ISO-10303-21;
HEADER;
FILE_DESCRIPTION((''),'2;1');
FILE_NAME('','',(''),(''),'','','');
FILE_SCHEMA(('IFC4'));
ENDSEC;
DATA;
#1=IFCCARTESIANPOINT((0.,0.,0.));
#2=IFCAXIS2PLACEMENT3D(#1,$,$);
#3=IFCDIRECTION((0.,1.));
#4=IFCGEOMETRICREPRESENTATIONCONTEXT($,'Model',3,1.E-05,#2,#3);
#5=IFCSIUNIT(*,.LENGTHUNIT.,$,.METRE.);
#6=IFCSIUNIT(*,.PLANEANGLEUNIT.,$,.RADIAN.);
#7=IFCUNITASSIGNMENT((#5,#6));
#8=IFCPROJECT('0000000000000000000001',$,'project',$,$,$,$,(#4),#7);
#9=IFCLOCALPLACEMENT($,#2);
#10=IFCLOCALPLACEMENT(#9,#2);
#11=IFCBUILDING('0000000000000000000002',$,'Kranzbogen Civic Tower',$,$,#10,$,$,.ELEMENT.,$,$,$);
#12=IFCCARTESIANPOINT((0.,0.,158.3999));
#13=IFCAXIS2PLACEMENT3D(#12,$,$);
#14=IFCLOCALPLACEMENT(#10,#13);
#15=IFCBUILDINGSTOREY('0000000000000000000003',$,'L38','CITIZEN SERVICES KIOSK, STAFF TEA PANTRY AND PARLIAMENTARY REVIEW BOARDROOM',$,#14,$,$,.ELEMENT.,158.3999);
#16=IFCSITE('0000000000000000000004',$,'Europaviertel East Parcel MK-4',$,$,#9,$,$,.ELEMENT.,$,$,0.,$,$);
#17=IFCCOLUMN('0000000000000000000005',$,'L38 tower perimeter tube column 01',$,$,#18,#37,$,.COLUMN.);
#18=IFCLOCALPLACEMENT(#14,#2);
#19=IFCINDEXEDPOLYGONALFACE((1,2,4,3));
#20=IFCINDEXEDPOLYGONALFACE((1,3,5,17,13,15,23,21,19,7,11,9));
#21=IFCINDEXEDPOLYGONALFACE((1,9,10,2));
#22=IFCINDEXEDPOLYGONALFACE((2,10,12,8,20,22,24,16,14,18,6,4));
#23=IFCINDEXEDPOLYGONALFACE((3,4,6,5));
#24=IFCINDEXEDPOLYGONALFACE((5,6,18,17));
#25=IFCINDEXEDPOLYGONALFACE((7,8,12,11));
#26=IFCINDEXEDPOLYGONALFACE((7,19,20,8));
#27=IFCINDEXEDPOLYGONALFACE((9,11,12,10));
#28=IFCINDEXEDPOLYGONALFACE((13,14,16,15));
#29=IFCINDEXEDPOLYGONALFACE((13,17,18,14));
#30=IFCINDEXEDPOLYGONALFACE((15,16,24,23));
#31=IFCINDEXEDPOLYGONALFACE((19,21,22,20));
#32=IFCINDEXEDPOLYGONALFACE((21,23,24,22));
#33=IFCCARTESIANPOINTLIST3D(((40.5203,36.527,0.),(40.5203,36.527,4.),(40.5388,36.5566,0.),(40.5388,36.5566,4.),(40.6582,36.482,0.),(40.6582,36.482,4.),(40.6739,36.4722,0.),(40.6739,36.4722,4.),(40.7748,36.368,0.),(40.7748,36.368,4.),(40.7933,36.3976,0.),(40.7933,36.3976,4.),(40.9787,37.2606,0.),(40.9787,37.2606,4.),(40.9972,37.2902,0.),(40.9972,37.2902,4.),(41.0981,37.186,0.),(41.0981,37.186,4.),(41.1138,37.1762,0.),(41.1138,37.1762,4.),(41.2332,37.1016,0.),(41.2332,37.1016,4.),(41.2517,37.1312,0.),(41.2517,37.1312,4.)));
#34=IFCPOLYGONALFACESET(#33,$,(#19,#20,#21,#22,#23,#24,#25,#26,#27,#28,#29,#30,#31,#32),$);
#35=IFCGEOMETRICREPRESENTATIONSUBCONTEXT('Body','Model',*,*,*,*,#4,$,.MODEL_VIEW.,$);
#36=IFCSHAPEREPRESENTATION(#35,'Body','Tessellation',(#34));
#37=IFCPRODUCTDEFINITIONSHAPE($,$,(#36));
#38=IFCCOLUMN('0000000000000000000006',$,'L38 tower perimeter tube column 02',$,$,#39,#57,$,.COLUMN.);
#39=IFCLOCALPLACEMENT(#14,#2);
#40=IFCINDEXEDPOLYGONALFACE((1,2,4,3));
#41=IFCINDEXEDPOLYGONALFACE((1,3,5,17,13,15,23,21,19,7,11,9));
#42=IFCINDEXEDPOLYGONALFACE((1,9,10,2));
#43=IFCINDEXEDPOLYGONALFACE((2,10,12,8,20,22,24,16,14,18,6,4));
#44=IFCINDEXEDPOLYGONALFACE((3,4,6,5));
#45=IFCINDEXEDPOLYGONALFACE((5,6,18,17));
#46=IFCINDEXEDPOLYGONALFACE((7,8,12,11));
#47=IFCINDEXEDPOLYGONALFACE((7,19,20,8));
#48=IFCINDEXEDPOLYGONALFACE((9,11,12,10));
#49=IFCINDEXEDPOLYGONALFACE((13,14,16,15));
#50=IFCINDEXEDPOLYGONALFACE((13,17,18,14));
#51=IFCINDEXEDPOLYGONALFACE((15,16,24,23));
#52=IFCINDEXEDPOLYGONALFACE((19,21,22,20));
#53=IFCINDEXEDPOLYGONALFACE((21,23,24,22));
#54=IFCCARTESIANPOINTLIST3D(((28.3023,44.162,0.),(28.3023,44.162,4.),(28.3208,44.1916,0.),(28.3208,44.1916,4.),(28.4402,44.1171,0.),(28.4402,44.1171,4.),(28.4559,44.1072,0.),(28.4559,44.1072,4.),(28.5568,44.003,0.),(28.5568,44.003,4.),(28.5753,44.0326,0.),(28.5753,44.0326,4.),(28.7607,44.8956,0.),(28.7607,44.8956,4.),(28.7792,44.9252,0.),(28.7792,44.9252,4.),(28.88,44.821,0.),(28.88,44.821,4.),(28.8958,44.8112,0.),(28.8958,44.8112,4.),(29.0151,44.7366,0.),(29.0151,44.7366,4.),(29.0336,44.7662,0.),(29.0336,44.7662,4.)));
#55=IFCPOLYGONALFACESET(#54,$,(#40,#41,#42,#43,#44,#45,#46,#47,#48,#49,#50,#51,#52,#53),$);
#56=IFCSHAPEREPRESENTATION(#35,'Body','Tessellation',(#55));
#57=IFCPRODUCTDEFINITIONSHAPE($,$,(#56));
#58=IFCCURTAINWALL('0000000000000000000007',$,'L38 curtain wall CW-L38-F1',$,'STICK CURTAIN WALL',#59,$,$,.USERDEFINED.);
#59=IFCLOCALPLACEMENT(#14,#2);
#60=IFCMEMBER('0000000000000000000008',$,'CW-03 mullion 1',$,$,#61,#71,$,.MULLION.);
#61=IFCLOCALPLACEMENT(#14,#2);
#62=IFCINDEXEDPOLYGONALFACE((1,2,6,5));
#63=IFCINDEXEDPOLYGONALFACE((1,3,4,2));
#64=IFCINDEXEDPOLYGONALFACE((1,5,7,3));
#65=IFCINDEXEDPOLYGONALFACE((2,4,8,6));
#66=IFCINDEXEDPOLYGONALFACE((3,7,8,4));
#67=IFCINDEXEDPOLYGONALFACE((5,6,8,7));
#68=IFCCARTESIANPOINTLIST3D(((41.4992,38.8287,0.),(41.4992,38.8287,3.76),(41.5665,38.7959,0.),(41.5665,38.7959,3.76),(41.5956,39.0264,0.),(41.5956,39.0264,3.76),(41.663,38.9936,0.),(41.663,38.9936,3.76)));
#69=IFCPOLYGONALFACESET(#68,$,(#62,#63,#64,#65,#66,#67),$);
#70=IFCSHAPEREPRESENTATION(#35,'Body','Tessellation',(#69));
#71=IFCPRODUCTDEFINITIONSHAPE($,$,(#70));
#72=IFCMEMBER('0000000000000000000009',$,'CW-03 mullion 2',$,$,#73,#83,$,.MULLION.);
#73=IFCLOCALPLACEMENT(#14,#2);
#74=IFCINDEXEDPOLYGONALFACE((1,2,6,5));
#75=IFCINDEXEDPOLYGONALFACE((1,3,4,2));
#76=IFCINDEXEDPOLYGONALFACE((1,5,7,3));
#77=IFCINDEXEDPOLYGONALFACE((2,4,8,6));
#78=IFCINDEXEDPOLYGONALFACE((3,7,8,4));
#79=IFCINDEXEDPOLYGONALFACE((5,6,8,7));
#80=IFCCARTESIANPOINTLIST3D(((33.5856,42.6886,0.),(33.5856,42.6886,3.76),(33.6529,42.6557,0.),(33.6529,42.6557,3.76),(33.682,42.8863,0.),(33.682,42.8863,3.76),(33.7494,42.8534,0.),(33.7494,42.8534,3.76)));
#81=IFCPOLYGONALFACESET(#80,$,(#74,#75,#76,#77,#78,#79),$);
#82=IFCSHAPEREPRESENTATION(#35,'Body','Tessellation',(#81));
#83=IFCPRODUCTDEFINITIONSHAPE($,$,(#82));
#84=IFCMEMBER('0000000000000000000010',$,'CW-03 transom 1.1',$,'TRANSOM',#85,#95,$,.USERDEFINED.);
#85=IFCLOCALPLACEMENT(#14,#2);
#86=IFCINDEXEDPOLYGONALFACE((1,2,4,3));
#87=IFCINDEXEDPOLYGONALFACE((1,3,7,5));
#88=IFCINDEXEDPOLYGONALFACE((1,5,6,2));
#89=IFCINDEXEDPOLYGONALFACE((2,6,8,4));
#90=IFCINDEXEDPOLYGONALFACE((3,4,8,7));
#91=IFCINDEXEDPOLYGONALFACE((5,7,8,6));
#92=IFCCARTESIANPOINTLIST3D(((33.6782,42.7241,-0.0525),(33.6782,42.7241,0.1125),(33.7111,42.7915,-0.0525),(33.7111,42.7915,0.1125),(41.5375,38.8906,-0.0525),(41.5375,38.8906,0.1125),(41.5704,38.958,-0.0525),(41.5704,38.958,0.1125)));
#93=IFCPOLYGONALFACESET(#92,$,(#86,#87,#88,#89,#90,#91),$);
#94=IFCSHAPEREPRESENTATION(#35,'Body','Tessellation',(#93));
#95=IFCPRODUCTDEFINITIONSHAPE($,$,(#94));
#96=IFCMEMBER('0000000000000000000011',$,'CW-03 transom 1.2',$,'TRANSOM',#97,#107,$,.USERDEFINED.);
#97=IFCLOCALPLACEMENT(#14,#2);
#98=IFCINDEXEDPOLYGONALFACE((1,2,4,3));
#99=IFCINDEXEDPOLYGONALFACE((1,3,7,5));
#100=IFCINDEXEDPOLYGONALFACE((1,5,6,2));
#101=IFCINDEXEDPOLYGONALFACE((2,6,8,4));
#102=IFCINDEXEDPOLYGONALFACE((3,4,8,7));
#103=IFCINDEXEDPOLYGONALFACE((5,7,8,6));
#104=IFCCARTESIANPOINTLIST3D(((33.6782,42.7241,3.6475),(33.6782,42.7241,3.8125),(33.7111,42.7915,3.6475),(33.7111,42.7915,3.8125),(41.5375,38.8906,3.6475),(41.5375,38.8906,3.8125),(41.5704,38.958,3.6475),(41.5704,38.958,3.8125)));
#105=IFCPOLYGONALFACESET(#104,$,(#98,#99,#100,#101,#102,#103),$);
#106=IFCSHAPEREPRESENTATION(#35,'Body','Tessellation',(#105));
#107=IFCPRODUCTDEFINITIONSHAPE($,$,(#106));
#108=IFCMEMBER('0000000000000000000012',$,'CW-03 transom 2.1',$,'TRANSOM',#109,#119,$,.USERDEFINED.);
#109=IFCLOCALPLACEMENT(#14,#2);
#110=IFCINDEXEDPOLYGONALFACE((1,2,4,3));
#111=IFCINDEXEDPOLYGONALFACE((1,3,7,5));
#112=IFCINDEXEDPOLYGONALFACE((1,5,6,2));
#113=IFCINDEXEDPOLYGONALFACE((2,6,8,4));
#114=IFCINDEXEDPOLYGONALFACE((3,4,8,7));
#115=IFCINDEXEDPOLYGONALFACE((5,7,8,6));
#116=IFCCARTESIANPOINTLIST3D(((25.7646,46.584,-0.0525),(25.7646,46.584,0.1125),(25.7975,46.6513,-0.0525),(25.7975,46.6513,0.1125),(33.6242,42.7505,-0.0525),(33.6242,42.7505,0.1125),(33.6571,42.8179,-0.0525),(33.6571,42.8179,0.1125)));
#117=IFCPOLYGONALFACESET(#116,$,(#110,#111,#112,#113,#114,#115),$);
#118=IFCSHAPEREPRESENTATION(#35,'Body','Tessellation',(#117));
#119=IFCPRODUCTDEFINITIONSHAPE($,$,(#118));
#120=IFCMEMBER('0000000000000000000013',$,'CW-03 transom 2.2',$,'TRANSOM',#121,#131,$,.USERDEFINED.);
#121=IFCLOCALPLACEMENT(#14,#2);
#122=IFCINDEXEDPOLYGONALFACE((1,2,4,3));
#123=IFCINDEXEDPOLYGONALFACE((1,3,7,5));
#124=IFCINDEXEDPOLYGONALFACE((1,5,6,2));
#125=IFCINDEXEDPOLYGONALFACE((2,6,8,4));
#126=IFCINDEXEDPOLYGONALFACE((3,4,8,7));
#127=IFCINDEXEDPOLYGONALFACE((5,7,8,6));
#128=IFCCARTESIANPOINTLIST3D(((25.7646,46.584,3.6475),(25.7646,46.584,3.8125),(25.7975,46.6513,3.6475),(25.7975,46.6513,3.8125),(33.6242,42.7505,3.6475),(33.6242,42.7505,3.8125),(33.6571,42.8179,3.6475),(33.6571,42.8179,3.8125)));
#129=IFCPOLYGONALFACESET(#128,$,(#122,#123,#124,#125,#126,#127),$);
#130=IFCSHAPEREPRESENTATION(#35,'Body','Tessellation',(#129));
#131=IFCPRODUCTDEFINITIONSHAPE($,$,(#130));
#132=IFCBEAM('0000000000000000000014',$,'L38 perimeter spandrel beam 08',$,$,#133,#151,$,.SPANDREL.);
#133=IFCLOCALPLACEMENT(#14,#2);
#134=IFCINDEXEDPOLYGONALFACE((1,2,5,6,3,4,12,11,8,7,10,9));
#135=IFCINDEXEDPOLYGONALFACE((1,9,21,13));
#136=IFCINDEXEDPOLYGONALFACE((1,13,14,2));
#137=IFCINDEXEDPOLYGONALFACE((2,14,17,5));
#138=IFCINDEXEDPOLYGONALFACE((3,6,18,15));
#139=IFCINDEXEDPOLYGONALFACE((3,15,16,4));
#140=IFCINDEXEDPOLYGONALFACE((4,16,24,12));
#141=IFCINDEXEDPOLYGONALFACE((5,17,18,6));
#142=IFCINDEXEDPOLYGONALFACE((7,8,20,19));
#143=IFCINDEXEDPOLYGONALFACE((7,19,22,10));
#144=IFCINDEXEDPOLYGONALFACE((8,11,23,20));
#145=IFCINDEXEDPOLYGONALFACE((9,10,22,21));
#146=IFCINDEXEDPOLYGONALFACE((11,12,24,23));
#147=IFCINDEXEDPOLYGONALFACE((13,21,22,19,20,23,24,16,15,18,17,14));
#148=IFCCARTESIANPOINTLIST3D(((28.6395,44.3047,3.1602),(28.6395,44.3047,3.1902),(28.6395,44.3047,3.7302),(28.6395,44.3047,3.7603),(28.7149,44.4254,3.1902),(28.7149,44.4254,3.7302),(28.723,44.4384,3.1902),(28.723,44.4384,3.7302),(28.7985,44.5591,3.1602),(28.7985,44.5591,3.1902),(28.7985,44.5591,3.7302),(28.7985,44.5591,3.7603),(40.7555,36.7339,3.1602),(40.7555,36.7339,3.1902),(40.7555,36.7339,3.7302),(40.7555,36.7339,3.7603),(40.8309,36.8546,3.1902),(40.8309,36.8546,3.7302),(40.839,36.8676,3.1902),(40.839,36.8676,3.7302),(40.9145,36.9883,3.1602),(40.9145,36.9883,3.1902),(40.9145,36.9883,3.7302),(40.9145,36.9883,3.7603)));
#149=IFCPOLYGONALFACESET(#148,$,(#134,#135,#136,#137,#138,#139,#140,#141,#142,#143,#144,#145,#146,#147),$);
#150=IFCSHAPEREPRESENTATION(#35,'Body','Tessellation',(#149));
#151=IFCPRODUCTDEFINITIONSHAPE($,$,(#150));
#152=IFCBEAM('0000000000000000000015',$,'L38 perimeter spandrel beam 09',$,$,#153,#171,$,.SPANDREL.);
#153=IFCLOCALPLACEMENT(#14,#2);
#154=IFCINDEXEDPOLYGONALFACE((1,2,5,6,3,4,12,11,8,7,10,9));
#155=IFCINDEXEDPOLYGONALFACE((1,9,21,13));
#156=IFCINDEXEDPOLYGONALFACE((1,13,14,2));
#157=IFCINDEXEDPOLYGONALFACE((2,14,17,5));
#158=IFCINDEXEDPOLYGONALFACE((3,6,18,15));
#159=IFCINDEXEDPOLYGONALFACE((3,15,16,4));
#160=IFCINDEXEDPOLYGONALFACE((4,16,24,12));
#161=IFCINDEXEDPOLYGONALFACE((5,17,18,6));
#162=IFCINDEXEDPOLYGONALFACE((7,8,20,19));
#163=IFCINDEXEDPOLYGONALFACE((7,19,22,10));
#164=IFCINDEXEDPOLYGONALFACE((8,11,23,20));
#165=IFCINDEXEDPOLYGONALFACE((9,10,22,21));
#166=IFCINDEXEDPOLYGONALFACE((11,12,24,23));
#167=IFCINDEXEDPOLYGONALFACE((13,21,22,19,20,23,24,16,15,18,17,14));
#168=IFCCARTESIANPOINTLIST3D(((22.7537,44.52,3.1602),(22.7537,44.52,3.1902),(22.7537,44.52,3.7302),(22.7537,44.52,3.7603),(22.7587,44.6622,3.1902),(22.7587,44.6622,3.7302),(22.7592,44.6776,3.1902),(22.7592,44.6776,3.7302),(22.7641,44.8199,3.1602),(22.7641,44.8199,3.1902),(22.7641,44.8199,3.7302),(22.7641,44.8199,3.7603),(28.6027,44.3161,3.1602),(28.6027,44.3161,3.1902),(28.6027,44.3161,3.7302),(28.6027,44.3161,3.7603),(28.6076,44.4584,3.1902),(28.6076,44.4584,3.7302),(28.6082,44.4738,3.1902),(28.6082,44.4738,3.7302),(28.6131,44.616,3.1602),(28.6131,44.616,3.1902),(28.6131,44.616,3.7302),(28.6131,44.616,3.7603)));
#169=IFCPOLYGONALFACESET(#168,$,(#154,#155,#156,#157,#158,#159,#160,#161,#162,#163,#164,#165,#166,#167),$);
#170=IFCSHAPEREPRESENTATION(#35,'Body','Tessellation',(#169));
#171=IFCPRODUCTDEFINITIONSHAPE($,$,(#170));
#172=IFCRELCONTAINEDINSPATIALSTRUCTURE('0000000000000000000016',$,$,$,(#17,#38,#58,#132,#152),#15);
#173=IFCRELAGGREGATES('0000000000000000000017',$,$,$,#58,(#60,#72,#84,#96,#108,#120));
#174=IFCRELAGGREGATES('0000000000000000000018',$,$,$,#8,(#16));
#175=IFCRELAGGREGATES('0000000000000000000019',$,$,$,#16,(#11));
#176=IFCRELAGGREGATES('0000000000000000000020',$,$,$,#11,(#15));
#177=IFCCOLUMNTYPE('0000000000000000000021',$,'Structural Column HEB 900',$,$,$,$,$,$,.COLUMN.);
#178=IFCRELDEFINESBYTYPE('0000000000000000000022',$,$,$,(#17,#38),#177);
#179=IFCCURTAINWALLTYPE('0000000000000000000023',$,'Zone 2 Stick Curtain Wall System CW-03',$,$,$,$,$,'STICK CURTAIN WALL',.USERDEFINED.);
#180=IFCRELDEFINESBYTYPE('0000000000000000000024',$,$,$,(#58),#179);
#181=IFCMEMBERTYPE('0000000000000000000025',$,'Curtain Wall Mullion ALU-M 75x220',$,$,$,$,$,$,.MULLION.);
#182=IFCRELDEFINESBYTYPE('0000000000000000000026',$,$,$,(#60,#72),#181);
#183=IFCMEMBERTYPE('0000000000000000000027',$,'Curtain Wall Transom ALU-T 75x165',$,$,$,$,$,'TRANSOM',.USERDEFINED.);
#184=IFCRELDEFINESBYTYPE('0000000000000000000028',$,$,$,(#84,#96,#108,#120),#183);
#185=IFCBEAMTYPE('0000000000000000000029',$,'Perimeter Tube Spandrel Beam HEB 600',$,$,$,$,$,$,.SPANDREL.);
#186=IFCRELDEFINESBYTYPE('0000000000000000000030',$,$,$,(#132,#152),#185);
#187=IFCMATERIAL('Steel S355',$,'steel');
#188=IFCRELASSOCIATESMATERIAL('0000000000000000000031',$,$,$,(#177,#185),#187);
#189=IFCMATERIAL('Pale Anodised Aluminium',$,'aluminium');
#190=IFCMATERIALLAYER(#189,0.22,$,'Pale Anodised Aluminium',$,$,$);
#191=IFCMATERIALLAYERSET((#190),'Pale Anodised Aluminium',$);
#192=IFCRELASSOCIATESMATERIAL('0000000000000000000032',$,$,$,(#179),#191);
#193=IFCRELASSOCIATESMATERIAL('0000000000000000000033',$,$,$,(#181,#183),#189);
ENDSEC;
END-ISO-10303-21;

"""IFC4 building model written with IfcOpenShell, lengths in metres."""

from ifc_helpers import new_model, si_unit, direction, frame, origin, origin_2d, place, context, subcontext, project, spatial, rectangle, i_section, extrude, material, layer, layer_set, material_profile, profile_set, type_object, element, aggregate, save


model = new_model("IFC4")

# Units and contexts
model_context = context("Model", 3, precision=1e-05, world=origin(), true_north=direction((0.0, 1.0)))
body_context = subcontext(model_context, "Body", "Model", "MODEL_VIEW")
ifc_project = project(units=[si_unit("LENGTHUNIT", "METRE"), si_unit("PLANEANGLEUNIT", "RADIAN")], contexts=[model_context])

# Site, building, storey
site_placement = place(None, origin())
site = spatial("IfcSite", under=ifc_project, at=site_placement, Name="Europaviertel East Parcel MK-4", CompositionType="ELEMENT", RefElevation=0.0)
building_placement = place(site_placement, origin())
building = spatial("IfcBuilding", under=site, at=building_placement, Name="Kranzbogen Civic Tower", CompositionType="ELEMENT")
storey_placement = place(building_placement, frame((0.0, 0.0, 158.3999)))
storey = spatial("IfcBuildingStorey", under=building, at=storey_placement, Name="L38", Description="CITIZEN SERVICES KIOSK, STAFF TEA PANTRY AND PARLIAMENTARY REVIEW BOARDROOM", CompositionType="ELEMENT", Elevation=158.3999)

# Columns
ifc_material_1 = material(Name="Steel S355", Category="steel")
ifc_material_profile_1 = material_profile(ifc_material_1, i_section(OverallWidth=0.3, OverallDepth=0.8999, WebThickness=0.0186, FlangeThickness=0.0349, at=origin_2d()), Name="HEB 900")
ifc_profile_set_1 = profile_set([ifc_material_profile_1], Name="Steel S355")
column_type = type_object("IfcColumnType", Name="Structural Column HEB 900", PredefinedType="COLUMN", material=ifc_profile_set_1)
for number, where, z_axis, x_axis, name in (
    (1, (40.886, 36.8291, 0.0), (0.0, 0.0, 1.0), (-0.848048, 0.529919, 0.0), "L38 tower perimeter tube column 01"),
    (2, (28.668, 44.4641, 0.0), (0.0, 0.0, 1.0), (-0.848048, 0.529919, 0.0), "L38 tower perimeter tube column 02"),
):
    element("IfcColumn", number, at=place(storey_placement, frame(where, z_axis=z_axis, x_axis=x_axis)), inside=storey, type_object=column_type, Name=name, PredefinedType="COLUMN", context=body_context, shape_type="SweptSolid", body=[
        extrude(i_section(OverallWidth=0.3, OverallDepth=0.8999, WebThickness=0.0186, FlangeThickness=0.0349, at=origin_2d()), origin(), (0.0, 0.0, 1.0), 4.0),
    ])

# Curtain wall, members
ifc_material_2 = material(Name="Pale Anodised Aluminium", Category="aluminium")
ifc_layer_1 = layer(ifc_material_2, 0.22, Name="Pale Anodised Aluminium")
ifc_layer_set_1 = layer_set([ifc_layer_1], Name="Pale Anodised Aluminium")
curtain_wall_type = type_object("IfcCurtainWallType", Name="Zone 2 Stick Curtain Wall System CW-03", ElementType="STICK CURTAIN WALL", PredefinedType="USERDEFINED", material=ifc_layer_set_1)
curtain_wall_placement = place(storey_placement, origin())
curtain_wall = element("IfcCurtainWall", 3, at=curtain_wall_placement, inside=storey, type_object=curtain_wall_type, Name="L38 curtain wall CW-L38-F1", ObjectType="STICK CURTAIN WALL", PredefinedType="USERDEFINED")
ifc_material_profile_2 = material_profile(ifc_material_2, rectangle(XDim=0.075, YDim=0.22, at=origin_2d()), Name="ALU-M 75x220")
ifc_profile_set_2 = profile_set([ifc_material_profile_2], Name="Pale Anodised Aluminium")
member_type_1 = type_object("IfcMemberType", Name="Curtain Wall Mullion ALU-M 75x220", PredefinedType="MULLION", material=ifc_profile_set_2)
member_1_placement = place(storey_placement, frame((41.5811, 38.9111, 0.0), z_axis=(0.0, 0.0, 1.0), x_axis=(-0.898787, 0.438386, 0.0)))
member_1 = element("IfcMember", 4, at=member_1_placement, type_object=member_type_1, Name="CW-03 mullion 1", PredefinedType="MULLION", context=body_context, shape_type="SweptSolid", body=[
    extrude(rectangle(XDim=0.075, YDim=0.22, at=origin_2d()), origin(), (0.0, 0.0, 1.0), 3.76),
])
member_2_placement = place(storey_placement, frame((33.6675, 42.771, 0.0), z_axis=(0.0, 0.0, 1.0), x_axis=(-0.898787, 0.438386, 0.0)))
member_2 = element("IfcMember", 5, at=member_2_placement, type_object=member_type_1, Name="CW-03 mullion 2", PredefinedType="MULLION", context=body_context, shape_type="SweptSolid", body=[
    extrude(rectangle(XDim=0.075, YDim=0.22, at=origin_2d()), origin(), (0.0, 0.0, 1.0), 3.76),
])
ifc_material_profile_3 = material_profile(ifc_material_2, rectangle(XDim=0.075, YDim=0.165, at=origin_2d()), Name="ALU-T 75x165")
ifc_profile_set_3 = profile_set([ifc_material_profile_3], Name="Pale Anodised Aluminium")
member_type_2 = type_object("IfcMemberType", Name="Curtain Wall Transom ALU-T 75x165", ElementType="TRANSOM", PredefinedType="USERDEFINED", material=ifc_profile_set_3)
member_3_placement = place(storey_placement, frame((41.554, 38.9243, 0.03), z_axis=(-0.898784, 0.438392, 0.0), x_axis=(-0.438392, -0.898784, 0.0)))
member_3 = element("IfcMember", 6, at=member_3_placement, type_object=member_type_2, Name="CW-03 transom 1.1", ObjectType="TRANSOM", PredefinedType="USERDEFINED", context=body_context, shape_type="SweptSolid", body=[
    extrude(rectangle(XDim=0.075, YDim=0.165, at=origin_2d()), origin(), (0.0, 0.0, 1.0), 8.7444),
])
member_4_placement = place(storey_placement, frame((41.554, 38.9243, 3.73), z_axis=(-0.898784, 0.438392, 0.0), x_axis=(-0.438392, -0.898784, 0.0)))
member_4 = element("IfcMember", 7, at=member_4_placement, type_object=member_type_2, Name="CW-03 transom 1.2", ObjectType="TRANSOM", PredefinedType="USERDEFINED", context=body_context, shape_type="SweptSolid", body=[
    extrude(rectangle(XDim=0.075, YDim=0.165, at=origin_2d()), origin(), (0.0, 0.0, 1.0), 8.7444),
])
member_5_placement = place(storey_placement, frame((33.6406, 42.7842, 0.03), z_axis=(-0.898789, 0.438381, 0.0), x_axis=(-0.438381, -0.898789, 0.0)))
member_5 = element("IfcMember", 8, at=member_5_placement, type_object=member_type_2, Name="CW-03 transom 2.1", ObjectType="TRANSOM", PredefinedType="USERDEFINED", context=body_context, shape_type="SweptSolid", body=[
    extrude(rectangle(XDim=0.075, YDim=0.165, at=origin_2d()), origin(), (0.0, 0.0, 1.0), 8.7446),
])
member_6_placement = place(storey_placement, frame((33.6406, 42.7842, 3.73), z_axis=(-0.898789, 0.438381, 0.0), x_axis=(-0.438381, -0.898789, 0.0)))
member_6 = element("IfcMember", 9, at=member_6_placement, type_object=member_type_2, Name="CW-03 transom 2.2", ObjectType="TRANSOM", PredefinedType="USERDEFINED", context=body_context, shape_type="SweptSolid", body=[
    extrude(rectangle(XDim=0.075, YDim=0.165, at=origin_2d()), origin(), (0.0, 0.0, 1.0), 8.7446),
])

# Beams
ifc_material_profile_4 = material_profile(ifc_material_1, i_section(OverallWidth=0.3, OverallDepth=0.6001, WebThickness=0.0154, FlangeThickness=0.03, at=origin_2d()), Name="HEB 600")
ifc_profile_set_4 = profile_set([ifc_material_profile_4], Name="Steel S355")
beam_type_1 = type_object("IfcBeamType", Name="Perimeter Tube Spandrel Beam HEB 600", PredefinedType="SPANDREL", material=ifc_profile_set_4)
beam_1_placement = place(storey_placement, frame((40.835, 36.8611, 3.4602), z_axis=(-0.848051, 0.529914, 0.0), x_axis=(-0.529914, -0.848051, 0.0)))
element("IfcBeam", 10, at=beam_1_placement, inside=storey, type_object=beam_type_1, Name="L38 perimeter spandrel beam 08", PredefinedType="SPANDREL", context=body_context, shape_type="SweptSolid", body=[
    extrude(i_section(OverallWidth=0.3, OverallDepth=0.6001, WebThickness=0.0154, FlangeThickness=0.03, at=origin_2d()), origin(), (0.0, 0.0, 1.0), 14.2869),
])
beam_2_placement = place(storey_placement, frame((28.6079, 44.4661, 3.4602), z_axis=(-0.999393, 0.034833, 0.0), x_axis=(-0.034833, -0.999393, 0.0)))
element("IfcBeam", 11, at=beam_2_placement, inside=storey, type_object=beam_type_1, Name="L38 perimeter spandrel beam 09", PredefinedType="SPANDREL", context=body_context, shape_type="SweptSolid", body=[
    extrude(i_section(OverallWidth=0.3, OverallDepth=0.6001, WebThickness=0.0154, FlangeThickness=0.03, at=origin_2d()), origin(), (0.0, 0.0, 1.0), 5.8525),
])

aggregate(curtain_wall, [member_1, member_2, member_3, member_4, member_5, member_6])

save(model, "model.ifc")
